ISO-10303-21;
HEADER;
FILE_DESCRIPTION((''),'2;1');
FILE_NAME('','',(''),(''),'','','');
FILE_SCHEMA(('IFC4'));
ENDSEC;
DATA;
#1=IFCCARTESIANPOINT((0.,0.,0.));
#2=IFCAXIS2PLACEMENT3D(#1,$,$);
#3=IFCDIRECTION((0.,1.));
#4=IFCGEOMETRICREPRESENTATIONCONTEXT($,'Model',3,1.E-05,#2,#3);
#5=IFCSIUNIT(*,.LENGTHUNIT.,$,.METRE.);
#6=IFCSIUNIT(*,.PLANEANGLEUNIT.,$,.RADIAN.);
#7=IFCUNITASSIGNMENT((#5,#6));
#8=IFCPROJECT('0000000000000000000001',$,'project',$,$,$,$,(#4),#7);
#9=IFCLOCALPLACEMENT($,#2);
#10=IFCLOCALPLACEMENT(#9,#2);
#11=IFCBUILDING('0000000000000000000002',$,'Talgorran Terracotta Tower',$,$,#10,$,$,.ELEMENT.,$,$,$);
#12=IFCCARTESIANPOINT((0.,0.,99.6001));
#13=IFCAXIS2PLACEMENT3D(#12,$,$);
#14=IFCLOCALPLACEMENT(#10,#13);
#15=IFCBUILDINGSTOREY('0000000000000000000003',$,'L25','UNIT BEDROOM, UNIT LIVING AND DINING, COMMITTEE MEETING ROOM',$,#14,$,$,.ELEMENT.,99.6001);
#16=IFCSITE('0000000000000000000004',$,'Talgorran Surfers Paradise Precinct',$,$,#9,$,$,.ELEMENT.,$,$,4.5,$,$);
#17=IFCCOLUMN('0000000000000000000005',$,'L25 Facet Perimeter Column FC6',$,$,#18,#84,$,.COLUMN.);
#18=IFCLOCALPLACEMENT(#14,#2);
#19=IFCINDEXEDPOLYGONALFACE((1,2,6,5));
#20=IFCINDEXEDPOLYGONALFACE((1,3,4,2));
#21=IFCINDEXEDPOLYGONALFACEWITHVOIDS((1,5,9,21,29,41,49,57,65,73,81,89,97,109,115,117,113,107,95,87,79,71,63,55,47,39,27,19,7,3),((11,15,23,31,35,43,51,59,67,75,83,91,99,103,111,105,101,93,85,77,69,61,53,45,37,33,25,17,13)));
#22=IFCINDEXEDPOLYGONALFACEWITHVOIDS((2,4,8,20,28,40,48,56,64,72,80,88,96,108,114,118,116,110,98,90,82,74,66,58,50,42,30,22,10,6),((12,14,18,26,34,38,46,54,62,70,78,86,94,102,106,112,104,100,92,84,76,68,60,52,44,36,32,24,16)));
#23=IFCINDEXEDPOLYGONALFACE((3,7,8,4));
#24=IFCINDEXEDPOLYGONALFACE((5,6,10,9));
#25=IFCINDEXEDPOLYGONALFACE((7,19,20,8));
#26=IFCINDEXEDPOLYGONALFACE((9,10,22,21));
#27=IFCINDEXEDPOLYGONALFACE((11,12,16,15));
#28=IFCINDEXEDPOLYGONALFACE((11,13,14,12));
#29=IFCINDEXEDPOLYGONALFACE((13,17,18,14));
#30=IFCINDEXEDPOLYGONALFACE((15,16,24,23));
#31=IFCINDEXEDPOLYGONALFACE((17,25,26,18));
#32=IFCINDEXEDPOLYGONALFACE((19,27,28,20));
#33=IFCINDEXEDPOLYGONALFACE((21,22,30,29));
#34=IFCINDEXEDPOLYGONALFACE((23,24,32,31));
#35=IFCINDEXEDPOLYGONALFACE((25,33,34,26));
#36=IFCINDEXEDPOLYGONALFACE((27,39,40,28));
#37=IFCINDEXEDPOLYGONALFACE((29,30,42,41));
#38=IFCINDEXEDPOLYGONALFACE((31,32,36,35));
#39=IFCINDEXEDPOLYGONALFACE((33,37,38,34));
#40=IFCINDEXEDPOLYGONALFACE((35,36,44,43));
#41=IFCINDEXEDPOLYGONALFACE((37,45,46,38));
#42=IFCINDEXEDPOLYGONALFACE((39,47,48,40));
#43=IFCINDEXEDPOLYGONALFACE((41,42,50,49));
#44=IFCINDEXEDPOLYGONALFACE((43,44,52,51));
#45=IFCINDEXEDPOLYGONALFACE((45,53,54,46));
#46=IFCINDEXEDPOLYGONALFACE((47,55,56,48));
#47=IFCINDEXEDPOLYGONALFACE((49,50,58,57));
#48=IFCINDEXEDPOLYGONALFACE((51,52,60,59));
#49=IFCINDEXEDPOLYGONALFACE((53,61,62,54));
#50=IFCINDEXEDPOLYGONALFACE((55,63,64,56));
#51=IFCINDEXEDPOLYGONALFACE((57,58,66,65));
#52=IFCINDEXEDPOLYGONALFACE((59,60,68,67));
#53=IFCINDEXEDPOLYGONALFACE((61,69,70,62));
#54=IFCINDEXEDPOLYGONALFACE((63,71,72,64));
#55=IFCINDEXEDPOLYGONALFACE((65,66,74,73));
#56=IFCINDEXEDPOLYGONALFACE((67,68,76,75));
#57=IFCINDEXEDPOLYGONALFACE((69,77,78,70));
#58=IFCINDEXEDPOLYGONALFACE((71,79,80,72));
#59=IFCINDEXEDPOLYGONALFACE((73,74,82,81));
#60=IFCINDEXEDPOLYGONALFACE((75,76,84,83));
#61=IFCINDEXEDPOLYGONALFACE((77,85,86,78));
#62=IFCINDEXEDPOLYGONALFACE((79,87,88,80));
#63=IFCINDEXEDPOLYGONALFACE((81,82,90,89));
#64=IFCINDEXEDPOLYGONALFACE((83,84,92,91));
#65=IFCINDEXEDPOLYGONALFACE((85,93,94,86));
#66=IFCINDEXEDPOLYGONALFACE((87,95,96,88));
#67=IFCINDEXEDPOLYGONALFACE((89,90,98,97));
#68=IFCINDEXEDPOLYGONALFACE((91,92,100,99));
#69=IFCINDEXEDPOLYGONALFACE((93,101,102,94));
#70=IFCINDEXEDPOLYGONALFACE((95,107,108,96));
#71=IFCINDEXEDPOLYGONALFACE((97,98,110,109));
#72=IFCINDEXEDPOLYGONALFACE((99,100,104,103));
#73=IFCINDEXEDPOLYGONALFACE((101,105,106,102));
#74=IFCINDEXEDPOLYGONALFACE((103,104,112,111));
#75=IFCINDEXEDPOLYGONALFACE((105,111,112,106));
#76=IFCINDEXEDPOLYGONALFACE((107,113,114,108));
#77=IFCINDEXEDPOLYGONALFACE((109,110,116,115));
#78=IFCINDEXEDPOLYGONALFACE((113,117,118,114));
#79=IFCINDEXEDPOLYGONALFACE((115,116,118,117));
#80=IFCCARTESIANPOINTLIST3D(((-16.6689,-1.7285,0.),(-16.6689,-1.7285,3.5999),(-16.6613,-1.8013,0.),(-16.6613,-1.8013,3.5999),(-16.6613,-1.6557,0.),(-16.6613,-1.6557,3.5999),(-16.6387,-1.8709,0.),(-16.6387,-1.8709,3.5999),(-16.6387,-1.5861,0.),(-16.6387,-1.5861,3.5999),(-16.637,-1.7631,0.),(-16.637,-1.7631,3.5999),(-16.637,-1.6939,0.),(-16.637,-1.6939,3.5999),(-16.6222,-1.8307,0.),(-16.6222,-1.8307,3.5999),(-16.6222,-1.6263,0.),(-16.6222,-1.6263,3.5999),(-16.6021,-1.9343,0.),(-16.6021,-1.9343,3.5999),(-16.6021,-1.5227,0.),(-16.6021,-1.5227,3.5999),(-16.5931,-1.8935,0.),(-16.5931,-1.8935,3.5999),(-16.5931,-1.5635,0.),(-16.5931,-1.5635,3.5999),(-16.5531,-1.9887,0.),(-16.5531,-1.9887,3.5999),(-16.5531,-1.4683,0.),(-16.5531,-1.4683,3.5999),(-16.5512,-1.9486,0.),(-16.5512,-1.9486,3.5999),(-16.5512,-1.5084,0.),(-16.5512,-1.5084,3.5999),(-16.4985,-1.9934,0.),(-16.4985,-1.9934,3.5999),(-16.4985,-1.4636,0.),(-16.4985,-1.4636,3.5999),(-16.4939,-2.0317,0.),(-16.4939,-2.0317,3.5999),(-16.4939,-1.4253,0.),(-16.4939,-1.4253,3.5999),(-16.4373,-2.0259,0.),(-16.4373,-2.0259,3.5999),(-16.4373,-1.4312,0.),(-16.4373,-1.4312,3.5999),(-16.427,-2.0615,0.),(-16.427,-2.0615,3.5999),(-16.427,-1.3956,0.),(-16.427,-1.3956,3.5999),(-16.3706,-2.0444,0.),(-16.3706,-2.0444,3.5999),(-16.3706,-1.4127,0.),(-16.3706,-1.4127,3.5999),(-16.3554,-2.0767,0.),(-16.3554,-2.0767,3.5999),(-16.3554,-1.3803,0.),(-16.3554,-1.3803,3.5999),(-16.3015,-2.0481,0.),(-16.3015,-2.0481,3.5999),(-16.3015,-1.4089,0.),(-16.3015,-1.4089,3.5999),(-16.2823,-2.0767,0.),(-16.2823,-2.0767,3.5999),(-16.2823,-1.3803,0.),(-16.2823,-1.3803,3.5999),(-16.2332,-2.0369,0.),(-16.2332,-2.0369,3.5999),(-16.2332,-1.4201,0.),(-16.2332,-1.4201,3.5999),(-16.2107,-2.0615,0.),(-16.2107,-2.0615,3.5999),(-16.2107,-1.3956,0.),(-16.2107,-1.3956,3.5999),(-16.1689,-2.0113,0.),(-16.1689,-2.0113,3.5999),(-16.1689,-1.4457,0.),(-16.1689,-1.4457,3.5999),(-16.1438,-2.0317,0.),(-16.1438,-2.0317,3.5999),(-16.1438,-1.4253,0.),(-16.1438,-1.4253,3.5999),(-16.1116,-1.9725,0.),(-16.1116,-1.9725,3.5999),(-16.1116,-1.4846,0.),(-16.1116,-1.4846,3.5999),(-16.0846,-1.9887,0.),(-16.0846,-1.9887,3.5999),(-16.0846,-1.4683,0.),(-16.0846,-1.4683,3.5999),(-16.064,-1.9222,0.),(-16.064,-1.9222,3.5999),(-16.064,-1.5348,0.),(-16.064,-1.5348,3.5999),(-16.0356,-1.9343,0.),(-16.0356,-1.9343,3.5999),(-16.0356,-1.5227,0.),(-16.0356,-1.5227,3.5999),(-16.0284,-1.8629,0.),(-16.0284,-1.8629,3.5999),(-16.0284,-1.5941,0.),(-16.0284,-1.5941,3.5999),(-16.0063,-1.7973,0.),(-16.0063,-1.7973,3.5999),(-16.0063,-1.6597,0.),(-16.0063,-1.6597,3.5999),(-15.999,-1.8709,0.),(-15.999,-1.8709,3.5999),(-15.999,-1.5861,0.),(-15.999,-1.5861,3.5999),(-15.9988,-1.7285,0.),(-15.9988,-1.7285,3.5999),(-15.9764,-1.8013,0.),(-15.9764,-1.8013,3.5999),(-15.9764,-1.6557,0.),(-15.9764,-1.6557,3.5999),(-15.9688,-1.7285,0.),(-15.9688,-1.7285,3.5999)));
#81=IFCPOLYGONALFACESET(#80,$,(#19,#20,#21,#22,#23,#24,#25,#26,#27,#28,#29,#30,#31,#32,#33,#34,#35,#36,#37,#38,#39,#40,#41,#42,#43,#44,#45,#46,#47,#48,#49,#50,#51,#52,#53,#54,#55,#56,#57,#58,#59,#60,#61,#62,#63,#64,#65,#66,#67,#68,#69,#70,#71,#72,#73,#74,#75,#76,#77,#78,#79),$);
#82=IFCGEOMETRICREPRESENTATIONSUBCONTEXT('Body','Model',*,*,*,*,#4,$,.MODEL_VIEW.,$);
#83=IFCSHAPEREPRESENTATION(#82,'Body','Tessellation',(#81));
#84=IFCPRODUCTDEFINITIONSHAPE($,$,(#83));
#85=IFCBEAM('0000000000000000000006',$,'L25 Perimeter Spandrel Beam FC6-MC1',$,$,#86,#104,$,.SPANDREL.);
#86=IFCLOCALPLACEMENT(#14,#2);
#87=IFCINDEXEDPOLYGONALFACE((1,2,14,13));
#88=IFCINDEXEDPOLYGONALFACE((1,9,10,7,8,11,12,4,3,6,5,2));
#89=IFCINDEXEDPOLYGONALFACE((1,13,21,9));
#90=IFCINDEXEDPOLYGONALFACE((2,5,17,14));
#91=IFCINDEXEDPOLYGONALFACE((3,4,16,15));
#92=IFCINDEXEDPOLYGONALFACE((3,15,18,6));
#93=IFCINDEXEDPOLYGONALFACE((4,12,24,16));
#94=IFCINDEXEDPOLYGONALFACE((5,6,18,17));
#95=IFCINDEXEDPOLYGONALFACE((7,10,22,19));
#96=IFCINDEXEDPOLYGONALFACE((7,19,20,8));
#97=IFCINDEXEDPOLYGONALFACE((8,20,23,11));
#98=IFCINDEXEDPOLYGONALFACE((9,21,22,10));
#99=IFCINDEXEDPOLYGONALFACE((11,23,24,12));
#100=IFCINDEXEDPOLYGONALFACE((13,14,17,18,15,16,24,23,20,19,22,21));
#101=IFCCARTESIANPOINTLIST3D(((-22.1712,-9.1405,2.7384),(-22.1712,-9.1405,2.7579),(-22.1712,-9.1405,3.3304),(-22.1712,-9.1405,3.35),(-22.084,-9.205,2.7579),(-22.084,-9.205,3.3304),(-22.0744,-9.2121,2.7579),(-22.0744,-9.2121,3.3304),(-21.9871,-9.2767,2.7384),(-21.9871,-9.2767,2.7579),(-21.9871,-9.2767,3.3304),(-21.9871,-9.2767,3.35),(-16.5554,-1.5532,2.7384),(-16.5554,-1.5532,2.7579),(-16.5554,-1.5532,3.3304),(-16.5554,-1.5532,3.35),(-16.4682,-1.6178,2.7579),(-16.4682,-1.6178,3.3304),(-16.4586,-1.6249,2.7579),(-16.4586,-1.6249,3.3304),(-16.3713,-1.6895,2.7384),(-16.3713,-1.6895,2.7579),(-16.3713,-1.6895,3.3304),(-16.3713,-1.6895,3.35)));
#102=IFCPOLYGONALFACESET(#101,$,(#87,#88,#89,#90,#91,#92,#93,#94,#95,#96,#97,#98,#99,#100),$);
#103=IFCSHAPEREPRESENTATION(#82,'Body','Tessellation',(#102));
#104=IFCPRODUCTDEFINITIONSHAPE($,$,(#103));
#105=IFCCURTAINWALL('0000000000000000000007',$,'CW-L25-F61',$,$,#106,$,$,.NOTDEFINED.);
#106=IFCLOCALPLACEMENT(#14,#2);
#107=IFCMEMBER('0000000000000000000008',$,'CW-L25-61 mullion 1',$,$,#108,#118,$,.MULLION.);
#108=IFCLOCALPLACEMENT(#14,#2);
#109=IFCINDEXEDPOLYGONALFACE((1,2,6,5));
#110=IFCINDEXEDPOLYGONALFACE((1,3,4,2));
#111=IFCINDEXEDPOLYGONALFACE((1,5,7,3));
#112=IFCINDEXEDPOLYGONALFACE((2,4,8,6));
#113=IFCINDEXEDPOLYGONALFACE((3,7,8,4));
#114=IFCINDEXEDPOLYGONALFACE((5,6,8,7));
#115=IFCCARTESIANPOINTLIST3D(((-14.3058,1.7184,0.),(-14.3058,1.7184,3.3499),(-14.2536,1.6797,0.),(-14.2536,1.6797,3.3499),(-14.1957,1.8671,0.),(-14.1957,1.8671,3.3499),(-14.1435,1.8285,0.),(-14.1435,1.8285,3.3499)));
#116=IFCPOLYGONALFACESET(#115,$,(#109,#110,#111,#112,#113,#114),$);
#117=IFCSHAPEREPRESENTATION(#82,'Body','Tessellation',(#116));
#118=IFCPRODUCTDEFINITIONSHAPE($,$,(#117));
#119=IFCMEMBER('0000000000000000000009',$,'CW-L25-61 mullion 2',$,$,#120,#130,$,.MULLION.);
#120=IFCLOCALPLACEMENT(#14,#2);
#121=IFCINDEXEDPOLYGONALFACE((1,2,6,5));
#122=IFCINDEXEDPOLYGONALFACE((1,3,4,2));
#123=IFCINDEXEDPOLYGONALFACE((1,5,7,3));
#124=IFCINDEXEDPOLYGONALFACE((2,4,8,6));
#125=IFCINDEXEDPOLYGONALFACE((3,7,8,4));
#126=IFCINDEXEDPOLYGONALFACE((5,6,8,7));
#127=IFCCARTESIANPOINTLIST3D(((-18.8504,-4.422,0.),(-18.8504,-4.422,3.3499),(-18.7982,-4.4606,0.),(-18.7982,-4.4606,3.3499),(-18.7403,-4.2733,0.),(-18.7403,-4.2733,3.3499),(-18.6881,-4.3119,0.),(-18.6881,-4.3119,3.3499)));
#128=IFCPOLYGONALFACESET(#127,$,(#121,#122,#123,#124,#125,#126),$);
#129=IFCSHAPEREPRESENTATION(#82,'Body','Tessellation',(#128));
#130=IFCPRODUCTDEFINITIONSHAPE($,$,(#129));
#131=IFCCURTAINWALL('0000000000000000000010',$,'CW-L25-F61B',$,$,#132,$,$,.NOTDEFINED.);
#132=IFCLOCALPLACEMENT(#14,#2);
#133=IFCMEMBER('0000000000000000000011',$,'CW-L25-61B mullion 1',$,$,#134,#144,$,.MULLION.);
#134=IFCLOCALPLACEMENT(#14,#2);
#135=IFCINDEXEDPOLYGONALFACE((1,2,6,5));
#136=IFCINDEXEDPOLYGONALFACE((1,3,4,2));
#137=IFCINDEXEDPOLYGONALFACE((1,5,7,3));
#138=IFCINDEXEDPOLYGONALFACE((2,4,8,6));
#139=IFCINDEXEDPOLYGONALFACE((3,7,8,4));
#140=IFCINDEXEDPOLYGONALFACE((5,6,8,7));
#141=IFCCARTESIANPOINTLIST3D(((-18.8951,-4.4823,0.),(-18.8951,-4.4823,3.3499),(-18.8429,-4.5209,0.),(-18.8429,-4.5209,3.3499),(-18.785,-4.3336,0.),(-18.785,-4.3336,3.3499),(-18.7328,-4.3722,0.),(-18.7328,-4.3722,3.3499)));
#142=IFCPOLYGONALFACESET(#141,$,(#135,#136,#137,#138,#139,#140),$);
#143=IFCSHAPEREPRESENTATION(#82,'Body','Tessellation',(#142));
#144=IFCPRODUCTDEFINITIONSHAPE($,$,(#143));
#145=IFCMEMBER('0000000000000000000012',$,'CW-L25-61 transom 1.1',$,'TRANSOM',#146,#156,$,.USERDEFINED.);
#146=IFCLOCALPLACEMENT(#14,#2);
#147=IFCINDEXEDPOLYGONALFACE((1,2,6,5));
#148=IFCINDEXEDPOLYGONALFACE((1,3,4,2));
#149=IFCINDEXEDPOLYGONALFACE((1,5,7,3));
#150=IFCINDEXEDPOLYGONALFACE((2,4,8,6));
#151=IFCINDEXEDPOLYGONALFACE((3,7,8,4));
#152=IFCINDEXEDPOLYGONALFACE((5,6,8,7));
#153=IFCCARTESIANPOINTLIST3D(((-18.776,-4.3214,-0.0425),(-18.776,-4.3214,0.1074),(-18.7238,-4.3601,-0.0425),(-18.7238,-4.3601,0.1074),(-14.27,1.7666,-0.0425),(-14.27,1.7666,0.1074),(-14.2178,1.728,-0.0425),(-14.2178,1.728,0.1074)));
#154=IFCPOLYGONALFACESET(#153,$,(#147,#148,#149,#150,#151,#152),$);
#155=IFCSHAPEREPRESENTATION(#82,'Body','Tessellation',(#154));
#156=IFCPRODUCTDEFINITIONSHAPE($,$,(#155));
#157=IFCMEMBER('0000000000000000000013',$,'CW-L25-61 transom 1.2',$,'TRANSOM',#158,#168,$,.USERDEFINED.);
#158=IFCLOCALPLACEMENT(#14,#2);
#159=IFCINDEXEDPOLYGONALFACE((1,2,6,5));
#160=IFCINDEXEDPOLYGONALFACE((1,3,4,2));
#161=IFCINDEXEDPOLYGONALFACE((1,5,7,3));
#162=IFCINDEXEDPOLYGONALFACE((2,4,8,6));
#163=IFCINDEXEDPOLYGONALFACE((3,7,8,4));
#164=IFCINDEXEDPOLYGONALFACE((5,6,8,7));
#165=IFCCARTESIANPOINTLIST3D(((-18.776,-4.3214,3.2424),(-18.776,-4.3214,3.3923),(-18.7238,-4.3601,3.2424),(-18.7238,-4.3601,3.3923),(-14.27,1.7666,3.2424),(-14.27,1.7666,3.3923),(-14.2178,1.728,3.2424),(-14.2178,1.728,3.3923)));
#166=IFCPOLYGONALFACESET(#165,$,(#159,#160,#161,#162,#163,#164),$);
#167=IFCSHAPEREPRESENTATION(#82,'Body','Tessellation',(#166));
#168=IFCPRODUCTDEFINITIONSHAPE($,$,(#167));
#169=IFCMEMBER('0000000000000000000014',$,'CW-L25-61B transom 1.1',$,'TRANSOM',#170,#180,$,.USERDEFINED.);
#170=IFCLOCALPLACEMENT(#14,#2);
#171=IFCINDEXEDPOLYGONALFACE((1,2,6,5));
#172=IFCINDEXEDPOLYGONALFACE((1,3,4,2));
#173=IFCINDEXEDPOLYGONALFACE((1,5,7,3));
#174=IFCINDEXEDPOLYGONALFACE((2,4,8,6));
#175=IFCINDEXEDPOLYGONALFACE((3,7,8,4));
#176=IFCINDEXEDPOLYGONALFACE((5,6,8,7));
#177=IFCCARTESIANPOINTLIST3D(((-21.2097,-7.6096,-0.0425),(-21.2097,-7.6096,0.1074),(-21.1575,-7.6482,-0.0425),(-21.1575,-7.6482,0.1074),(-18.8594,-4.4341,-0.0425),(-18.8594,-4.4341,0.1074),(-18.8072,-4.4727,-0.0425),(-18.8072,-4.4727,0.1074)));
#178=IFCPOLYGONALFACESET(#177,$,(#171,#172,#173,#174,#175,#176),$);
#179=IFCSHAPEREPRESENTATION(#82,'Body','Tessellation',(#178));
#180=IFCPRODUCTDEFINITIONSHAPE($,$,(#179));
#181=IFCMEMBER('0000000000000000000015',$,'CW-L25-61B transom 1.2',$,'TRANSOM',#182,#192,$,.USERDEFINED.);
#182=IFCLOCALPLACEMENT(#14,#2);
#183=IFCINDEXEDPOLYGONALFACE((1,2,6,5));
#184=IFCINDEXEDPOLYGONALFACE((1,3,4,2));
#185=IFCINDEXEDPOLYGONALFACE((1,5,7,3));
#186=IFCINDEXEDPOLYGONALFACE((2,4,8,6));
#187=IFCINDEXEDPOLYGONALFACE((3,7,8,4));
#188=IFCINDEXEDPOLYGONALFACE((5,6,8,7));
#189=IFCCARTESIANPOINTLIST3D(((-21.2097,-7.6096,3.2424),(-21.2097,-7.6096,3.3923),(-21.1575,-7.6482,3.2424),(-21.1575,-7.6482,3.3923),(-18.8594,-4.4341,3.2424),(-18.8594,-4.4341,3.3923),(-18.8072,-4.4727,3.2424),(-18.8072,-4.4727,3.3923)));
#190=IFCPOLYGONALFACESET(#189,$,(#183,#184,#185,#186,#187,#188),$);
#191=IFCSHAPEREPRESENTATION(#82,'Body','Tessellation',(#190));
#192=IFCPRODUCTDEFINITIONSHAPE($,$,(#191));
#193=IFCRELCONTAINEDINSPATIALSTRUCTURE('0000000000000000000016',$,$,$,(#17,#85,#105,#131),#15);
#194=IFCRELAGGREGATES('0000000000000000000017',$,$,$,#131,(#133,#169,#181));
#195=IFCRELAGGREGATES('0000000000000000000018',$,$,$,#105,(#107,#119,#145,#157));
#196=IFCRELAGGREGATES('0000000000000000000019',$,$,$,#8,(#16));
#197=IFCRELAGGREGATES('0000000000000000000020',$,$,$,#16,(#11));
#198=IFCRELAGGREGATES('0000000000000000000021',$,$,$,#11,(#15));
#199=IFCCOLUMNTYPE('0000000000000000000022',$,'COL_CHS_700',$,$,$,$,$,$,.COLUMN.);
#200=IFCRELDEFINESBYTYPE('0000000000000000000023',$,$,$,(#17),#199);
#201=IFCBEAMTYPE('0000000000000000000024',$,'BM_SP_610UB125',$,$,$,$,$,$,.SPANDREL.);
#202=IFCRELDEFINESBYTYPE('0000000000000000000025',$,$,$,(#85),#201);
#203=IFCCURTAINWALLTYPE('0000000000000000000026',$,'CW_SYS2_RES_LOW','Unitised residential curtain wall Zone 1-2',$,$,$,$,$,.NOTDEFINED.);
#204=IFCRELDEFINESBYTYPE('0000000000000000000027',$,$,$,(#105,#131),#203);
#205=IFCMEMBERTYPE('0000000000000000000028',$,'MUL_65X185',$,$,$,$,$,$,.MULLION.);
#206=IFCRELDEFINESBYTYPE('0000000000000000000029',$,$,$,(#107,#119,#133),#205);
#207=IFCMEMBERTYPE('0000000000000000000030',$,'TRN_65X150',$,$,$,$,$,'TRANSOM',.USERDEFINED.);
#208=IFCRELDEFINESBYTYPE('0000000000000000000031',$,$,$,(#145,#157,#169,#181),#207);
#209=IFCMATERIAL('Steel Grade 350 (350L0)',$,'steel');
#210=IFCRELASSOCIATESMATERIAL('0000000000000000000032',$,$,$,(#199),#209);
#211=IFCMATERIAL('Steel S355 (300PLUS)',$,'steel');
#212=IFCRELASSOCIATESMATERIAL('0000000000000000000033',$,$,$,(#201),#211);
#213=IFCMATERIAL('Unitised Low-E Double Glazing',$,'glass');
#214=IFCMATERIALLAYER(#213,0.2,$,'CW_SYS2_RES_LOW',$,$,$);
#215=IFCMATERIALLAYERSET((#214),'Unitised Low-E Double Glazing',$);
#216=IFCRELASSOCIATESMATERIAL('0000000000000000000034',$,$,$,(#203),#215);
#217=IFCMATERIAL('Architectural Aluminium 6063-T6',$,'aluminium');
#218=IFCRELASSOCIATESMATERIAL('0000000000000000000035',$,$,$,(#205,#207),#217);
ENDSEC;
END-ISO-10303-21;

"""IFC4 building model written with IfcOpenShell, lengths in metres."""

from ifc_helpers import new_model, si_unit, direction, frame, origin, origin_2d, place, context, subcontext, project, spatial, rectangle, hollow_circle, i_section, extrude, material, layer, layer_set, material_profile, profile_set, type_object, element, aggregate, save


model = new_model("IFC4")

# Units and contexts
model_context = context("Model", 3, precision=1e-05, world=origin(), true_north=direction((0.0, 1.0)))
body_context = subcontext(model_context, "Body", "Model", "MODEL_VIEW")
ifc_project = project(units=[si_unit("LENGTHUNIT", "METRE"), si_unit("PLANEANGLEUNIT", "RADIAN")], contexts=[model_context])

# Site, building, storey
site_placement = place(None, origin())
site = spatial("IfcSite", under=ifc_project, at=site_placement, Name="Talgorran Surfers Paradise Precinct", CompositionType="ELEMENT", RefElevation=4.5)
building_placement = place(site_placement, origin())
building = spatial("IfcBuilding", under=site, at=building_placement, Name="Talgorran Terracotta Tower", CompositionType="ELEMENT")
storey_placement = place(building_placement, frame((0.0, 0.0, 99.6001)))
storey = spatial("IfcBuildingStorey", under=building, at=storey_placement, Name="L25", Description="UNIT BEDROOM, UNIT LIVING AND DINING, COMMITTEE MEETING ROOM", CompositionType="ELEMENT", Elevation=99.6001)

# Column
ifc_material_1 = material(Name="Steel Grade 350 (350L0)", Category="steel")
ifc_material_profile_1 = material_profile(ifc_material_1, hollow_circle(Radius=0.3501, WallThickness=0.03, at=origin_2d()), Name="CHS700X30")
ifc_profile_set_1 = profile_set([ifc_material_profile_1], Name="Steel Grade 350 (350L0)")
column_type = type_object("IfcColumnType", Name="COL_CHS_700", PredefinedType="COLUMN", material=ifc_profile_set_1)
column_placement = place(storey_placement, frame((-16.3188, -1.7285, 0.0), z_axis=(0.0, 0.0, 1.0), x_axis=(1.0, 0.0, 0.0)))
element("IfcColumn", 1, at=column_placement, inside=storey, type_object=column_type, Name="L25 Facet Perimeter Column FC6", PredefinedType="COLUMN", context=body_context, shape_type="SweptSolid", body=[
    extrude(hollow_circle(Radius=0.3501, WallThickness=0.03, at=origin_2d()), origin(), (0.0, 0.0, 1.0), 3.5999),
])

# Beam
ifc_material_2 = material(Name="Steel S355 (300PLUS)", Category="steel")
ifc_material_profile_2 = material_profile(ifc_material_2, i_section(OverallWidth=0.229, OverallDepth=0.6116, WebThickness=0.012, FlangeThickness=0.0195, at=origin_2d()), Name="610UB125")
ifc_profile_set_2 = profile_set([ifc_material_profile_2], Name="Steel S355 (300PLUS)")
beam_type = type_object("IfcBeamType", Name="BM_SP_610UB125", PredefinedType="SPANDREL", material=ifc_profile_set_2)
beam_placement = place(storey_placement, frame((-16.4634, -1.6213, 3.0442), z_axis=(-0.594927, -0.80378, 0.0), x_axis=(0.80378, -0.594927, 0.0)))
element("IfcBeam", 2, at=beam_placement, inside=storey, type_object=beam_type, Name="L25 Perimeter Spandrel Beam FC6-MC1", PredefinedType="SPANDREL", context=body_context, shape_type="SweptSolid", body=[
    extrude(i_section(OverallWidth=0.229, OverallDepth=0.6116, WebThickness=0.012, FlangeThickness=0.0195, at=origin_2d()), origin(), (0.0, 0.0, 1.0), 9.4395),
])

# Curtain wall, members
ifc_material_3 = material(Name="Unitised Low-E Double Glazing", Category="glass")
ifc_layer_1 = layer(ifc_material_3, 0.2, Name="CW_SYS2_RES_LOW")
ifc_layer_set_1 = layer_set([ifc_layer_1], Name="Unitised Low-E Double Glazing")
curtain_wall_type = type_object("IfcCurtainWallType", Name="CW_SYS2_RES_LOW", Description="Unitised residential curtain wall Zone 1-2", PredefinedType="NOTDEFINED", material=ifc_layer_set_1)
curtain_wall_1_placement = place(storey_placement, origin())
curtain_wall_1 = element("IfcCurtainWall", 3, at=curtain_wall_1_placement, inside=storey, type_object=curtain_wall_type, Name="CW-L25-F61", PredefinedType="NOTDEFINED")
ifc_material_4 = material(Name="Architectural Aluminium 6063-T6", Category="aluminium")
ifc_material_profile_3 = material_profile(ifc_material_4, rectangle(XDim=0.0649, YDim=0.1851, at=origin_2d()), Name="CWM65X185")
ifc_profile_set_3 = profile_set([ifc_material_profile_3], Name="Architectural Aluminium 6063-T6")
member_type_1 = type_object("IfcMemberType", Name="MUL_65X185", PredefinedType="MULLION", material=ifc_profile_set_3)
member_1_placement = place(storey_placement, frame((-14.2246, 1.7734, 0.0), z_axis=(0.0, 0.0, 1.0), x_axis=(0.803792, -0.59491, 0.0)))
member_1 = element("IfcMember", 4, at=member_1_placement, type_object=member_type_1, Name="CW-L25-61 mullion 1", PredefinedType="MULLION", context=body_context, shape_type="SweptSolid", body=[
    extrude(rectangle(XDim=0.0649, YDim=0.1851, at=origin_2d()), origin(), (0.0, 0.0, 1.0), 3.3499),
])
member_2_placement = place(storey_placement, frame((-18.7693, -4.3669, 0.0), z_axis=(0.0, 0.0, 1.0), x_axis=(0.803792, -0.59491, 0.0)))
member_2 = element("IfcMember", 5, at=member_2_placement, type_object=member_type_1, Name="CW-L25-61 mullion 2", PredefinedType="MULLION", context=body_context, shape_type="SweptSolid", body=[
    extrude(rectangle(XDim=0.0649, YDim=0.1851, at=origin_2d()), origin(), (0.0, 0.0, 1.0), 3.3499),
])

# Curtain wall, member
curtain_wall_2_placement = place(storey_placement, origin())
curtain_wall_2 = element("IfcCurtainWall", 6, at=curtain_wall_2_placement, inside=storey, type_object=curtain_wall_type, Name="CW-L25-F61B", PredefinedType="NOTDEFINED")
member_3_placement = place(storey_placement, frame((-18.814, -4.4272, 0.0), z_axis=(0.0, 0.0, 1.0), x_axis=(0.803783, -0.594922, 0.0)))
member_3 = element("IfcMember", 7, at=member_3_placement, type_object=member_type_1, Name="CW-L25-61B mullion 1", PredefinedType="MULLION", context=body_context, shape_type="SweptSolid", body=[
    extrude(rectangle(XDim=0.0649, YDim=0.1851, at=origin_2d()), origin(), (0.0, 0.0, 1.0), 3.3499),
])

# Members
ifc_material_profile_4 = material_profile(ifc_material_4, rectangle(XDim=0.0649, YDim=0.1499, at=origin_2d()), Name="CWT65X150")
ifc_profile_set_4 = profile_set([ifc_material_profile_4], Name="Architectural Aluminium 6063-T6")
member_type_2 = type_object("IfcMemberType", Name="TRN_65X150", ElementType="TRANSOM", PredefinedType="USERDEFINED", material=ifc_profile_set_4)
member_4_placement = place(storey_placement, frame((-14.2439, 1.7473, 0.0325), z_axis=(-0.594918, -0.803786, 0.0), x_axis=(0.803786, -0.594918, 0.0)))
member_4 = element("IfcMember", 8, at=member_4_placement, type_object=member_type_2, Name="CW-L25-61 transom 1.1", ObjectType="TRANSOM", PredefinedType="USERDEFINED", context=body_context, shape_type="SweptSolid", body=[
    extrude(rectangle(XDim=0.0649, YDim=0.1499, at=origin_2d()), origin(), (0.0, 0.0, 1.0), 7.5742),
])
member_5_placement = place(storey_placement, frame((-14.2439, 1.7473, 3.3174), z_axis=(-0.594918, -0.803786, 0.0), x_axis=(0.803786, -0.594918, 0.0)))
member_5 = element("IfcMember", 9, at=member_5_placement, type_object=member_type_2, Name="CW-L25-61 transom 1.2", ObjectType="TRANSOM", PredefinedType="USERDEFINED", context=body_context, shape_type="SweptSolid", body=[
    extrude(rectangle(XDim=0.0649, YDim=0.1499, at=origin_2d()), origin(), (0.0, 0.0, 1.0), 7.5742),
])
member_6_placement = place(storey_placement, frame((-18.8333, -4.4534, 0.0325), z_axis=(-0.594916, -0.803788, 0.0), x_axis=(0.803788, -0.594916, 0.0)))
member_6 = element("IfcMember", 10, at=member_6_placement, type_object=member_type_2, Name="CW-L25-61B transom 1.1", ObjectType="TRANSOM", PredefinedType="USERDEFINED", context=body_context, shape_type="SweptSolid", body=[
    extrude(rectangle(XDim=0.0649, YDim=0.1499, at=origin_2d()), origin(), (0.0, 0.0, 1.0), 3.9507),
])
member_7_placement = place(storey_placement, frame((-18.8333, -4.4534, 3.3174), z_axis=(-0.594916, -0.803788, 0.0), x_axis=(0.803788, -0.594916, 0.0)))
member_7 = element("IfcMember", 11, at=member_7_placement, type_object=member_type_2, Name="CW-L25-61B transom 1.2", ObjectType="TRANSOM", PredefinedType="USERDEFINED", context=body_context, shape_type="SweptSolid", body=[
    extrude(rectangle(XDim=0.0649, YDim=0.1499, at=origin_2d()), origin(), (0.0, 0.0, 1.0), 3.9507),
])

aggregate(curtain_wall_2, [member_3, member_6, member_7])
aggregate(curtain_wall_1, [member_1, member_2, member_4, member_5])

save(model, "model.ifc")
